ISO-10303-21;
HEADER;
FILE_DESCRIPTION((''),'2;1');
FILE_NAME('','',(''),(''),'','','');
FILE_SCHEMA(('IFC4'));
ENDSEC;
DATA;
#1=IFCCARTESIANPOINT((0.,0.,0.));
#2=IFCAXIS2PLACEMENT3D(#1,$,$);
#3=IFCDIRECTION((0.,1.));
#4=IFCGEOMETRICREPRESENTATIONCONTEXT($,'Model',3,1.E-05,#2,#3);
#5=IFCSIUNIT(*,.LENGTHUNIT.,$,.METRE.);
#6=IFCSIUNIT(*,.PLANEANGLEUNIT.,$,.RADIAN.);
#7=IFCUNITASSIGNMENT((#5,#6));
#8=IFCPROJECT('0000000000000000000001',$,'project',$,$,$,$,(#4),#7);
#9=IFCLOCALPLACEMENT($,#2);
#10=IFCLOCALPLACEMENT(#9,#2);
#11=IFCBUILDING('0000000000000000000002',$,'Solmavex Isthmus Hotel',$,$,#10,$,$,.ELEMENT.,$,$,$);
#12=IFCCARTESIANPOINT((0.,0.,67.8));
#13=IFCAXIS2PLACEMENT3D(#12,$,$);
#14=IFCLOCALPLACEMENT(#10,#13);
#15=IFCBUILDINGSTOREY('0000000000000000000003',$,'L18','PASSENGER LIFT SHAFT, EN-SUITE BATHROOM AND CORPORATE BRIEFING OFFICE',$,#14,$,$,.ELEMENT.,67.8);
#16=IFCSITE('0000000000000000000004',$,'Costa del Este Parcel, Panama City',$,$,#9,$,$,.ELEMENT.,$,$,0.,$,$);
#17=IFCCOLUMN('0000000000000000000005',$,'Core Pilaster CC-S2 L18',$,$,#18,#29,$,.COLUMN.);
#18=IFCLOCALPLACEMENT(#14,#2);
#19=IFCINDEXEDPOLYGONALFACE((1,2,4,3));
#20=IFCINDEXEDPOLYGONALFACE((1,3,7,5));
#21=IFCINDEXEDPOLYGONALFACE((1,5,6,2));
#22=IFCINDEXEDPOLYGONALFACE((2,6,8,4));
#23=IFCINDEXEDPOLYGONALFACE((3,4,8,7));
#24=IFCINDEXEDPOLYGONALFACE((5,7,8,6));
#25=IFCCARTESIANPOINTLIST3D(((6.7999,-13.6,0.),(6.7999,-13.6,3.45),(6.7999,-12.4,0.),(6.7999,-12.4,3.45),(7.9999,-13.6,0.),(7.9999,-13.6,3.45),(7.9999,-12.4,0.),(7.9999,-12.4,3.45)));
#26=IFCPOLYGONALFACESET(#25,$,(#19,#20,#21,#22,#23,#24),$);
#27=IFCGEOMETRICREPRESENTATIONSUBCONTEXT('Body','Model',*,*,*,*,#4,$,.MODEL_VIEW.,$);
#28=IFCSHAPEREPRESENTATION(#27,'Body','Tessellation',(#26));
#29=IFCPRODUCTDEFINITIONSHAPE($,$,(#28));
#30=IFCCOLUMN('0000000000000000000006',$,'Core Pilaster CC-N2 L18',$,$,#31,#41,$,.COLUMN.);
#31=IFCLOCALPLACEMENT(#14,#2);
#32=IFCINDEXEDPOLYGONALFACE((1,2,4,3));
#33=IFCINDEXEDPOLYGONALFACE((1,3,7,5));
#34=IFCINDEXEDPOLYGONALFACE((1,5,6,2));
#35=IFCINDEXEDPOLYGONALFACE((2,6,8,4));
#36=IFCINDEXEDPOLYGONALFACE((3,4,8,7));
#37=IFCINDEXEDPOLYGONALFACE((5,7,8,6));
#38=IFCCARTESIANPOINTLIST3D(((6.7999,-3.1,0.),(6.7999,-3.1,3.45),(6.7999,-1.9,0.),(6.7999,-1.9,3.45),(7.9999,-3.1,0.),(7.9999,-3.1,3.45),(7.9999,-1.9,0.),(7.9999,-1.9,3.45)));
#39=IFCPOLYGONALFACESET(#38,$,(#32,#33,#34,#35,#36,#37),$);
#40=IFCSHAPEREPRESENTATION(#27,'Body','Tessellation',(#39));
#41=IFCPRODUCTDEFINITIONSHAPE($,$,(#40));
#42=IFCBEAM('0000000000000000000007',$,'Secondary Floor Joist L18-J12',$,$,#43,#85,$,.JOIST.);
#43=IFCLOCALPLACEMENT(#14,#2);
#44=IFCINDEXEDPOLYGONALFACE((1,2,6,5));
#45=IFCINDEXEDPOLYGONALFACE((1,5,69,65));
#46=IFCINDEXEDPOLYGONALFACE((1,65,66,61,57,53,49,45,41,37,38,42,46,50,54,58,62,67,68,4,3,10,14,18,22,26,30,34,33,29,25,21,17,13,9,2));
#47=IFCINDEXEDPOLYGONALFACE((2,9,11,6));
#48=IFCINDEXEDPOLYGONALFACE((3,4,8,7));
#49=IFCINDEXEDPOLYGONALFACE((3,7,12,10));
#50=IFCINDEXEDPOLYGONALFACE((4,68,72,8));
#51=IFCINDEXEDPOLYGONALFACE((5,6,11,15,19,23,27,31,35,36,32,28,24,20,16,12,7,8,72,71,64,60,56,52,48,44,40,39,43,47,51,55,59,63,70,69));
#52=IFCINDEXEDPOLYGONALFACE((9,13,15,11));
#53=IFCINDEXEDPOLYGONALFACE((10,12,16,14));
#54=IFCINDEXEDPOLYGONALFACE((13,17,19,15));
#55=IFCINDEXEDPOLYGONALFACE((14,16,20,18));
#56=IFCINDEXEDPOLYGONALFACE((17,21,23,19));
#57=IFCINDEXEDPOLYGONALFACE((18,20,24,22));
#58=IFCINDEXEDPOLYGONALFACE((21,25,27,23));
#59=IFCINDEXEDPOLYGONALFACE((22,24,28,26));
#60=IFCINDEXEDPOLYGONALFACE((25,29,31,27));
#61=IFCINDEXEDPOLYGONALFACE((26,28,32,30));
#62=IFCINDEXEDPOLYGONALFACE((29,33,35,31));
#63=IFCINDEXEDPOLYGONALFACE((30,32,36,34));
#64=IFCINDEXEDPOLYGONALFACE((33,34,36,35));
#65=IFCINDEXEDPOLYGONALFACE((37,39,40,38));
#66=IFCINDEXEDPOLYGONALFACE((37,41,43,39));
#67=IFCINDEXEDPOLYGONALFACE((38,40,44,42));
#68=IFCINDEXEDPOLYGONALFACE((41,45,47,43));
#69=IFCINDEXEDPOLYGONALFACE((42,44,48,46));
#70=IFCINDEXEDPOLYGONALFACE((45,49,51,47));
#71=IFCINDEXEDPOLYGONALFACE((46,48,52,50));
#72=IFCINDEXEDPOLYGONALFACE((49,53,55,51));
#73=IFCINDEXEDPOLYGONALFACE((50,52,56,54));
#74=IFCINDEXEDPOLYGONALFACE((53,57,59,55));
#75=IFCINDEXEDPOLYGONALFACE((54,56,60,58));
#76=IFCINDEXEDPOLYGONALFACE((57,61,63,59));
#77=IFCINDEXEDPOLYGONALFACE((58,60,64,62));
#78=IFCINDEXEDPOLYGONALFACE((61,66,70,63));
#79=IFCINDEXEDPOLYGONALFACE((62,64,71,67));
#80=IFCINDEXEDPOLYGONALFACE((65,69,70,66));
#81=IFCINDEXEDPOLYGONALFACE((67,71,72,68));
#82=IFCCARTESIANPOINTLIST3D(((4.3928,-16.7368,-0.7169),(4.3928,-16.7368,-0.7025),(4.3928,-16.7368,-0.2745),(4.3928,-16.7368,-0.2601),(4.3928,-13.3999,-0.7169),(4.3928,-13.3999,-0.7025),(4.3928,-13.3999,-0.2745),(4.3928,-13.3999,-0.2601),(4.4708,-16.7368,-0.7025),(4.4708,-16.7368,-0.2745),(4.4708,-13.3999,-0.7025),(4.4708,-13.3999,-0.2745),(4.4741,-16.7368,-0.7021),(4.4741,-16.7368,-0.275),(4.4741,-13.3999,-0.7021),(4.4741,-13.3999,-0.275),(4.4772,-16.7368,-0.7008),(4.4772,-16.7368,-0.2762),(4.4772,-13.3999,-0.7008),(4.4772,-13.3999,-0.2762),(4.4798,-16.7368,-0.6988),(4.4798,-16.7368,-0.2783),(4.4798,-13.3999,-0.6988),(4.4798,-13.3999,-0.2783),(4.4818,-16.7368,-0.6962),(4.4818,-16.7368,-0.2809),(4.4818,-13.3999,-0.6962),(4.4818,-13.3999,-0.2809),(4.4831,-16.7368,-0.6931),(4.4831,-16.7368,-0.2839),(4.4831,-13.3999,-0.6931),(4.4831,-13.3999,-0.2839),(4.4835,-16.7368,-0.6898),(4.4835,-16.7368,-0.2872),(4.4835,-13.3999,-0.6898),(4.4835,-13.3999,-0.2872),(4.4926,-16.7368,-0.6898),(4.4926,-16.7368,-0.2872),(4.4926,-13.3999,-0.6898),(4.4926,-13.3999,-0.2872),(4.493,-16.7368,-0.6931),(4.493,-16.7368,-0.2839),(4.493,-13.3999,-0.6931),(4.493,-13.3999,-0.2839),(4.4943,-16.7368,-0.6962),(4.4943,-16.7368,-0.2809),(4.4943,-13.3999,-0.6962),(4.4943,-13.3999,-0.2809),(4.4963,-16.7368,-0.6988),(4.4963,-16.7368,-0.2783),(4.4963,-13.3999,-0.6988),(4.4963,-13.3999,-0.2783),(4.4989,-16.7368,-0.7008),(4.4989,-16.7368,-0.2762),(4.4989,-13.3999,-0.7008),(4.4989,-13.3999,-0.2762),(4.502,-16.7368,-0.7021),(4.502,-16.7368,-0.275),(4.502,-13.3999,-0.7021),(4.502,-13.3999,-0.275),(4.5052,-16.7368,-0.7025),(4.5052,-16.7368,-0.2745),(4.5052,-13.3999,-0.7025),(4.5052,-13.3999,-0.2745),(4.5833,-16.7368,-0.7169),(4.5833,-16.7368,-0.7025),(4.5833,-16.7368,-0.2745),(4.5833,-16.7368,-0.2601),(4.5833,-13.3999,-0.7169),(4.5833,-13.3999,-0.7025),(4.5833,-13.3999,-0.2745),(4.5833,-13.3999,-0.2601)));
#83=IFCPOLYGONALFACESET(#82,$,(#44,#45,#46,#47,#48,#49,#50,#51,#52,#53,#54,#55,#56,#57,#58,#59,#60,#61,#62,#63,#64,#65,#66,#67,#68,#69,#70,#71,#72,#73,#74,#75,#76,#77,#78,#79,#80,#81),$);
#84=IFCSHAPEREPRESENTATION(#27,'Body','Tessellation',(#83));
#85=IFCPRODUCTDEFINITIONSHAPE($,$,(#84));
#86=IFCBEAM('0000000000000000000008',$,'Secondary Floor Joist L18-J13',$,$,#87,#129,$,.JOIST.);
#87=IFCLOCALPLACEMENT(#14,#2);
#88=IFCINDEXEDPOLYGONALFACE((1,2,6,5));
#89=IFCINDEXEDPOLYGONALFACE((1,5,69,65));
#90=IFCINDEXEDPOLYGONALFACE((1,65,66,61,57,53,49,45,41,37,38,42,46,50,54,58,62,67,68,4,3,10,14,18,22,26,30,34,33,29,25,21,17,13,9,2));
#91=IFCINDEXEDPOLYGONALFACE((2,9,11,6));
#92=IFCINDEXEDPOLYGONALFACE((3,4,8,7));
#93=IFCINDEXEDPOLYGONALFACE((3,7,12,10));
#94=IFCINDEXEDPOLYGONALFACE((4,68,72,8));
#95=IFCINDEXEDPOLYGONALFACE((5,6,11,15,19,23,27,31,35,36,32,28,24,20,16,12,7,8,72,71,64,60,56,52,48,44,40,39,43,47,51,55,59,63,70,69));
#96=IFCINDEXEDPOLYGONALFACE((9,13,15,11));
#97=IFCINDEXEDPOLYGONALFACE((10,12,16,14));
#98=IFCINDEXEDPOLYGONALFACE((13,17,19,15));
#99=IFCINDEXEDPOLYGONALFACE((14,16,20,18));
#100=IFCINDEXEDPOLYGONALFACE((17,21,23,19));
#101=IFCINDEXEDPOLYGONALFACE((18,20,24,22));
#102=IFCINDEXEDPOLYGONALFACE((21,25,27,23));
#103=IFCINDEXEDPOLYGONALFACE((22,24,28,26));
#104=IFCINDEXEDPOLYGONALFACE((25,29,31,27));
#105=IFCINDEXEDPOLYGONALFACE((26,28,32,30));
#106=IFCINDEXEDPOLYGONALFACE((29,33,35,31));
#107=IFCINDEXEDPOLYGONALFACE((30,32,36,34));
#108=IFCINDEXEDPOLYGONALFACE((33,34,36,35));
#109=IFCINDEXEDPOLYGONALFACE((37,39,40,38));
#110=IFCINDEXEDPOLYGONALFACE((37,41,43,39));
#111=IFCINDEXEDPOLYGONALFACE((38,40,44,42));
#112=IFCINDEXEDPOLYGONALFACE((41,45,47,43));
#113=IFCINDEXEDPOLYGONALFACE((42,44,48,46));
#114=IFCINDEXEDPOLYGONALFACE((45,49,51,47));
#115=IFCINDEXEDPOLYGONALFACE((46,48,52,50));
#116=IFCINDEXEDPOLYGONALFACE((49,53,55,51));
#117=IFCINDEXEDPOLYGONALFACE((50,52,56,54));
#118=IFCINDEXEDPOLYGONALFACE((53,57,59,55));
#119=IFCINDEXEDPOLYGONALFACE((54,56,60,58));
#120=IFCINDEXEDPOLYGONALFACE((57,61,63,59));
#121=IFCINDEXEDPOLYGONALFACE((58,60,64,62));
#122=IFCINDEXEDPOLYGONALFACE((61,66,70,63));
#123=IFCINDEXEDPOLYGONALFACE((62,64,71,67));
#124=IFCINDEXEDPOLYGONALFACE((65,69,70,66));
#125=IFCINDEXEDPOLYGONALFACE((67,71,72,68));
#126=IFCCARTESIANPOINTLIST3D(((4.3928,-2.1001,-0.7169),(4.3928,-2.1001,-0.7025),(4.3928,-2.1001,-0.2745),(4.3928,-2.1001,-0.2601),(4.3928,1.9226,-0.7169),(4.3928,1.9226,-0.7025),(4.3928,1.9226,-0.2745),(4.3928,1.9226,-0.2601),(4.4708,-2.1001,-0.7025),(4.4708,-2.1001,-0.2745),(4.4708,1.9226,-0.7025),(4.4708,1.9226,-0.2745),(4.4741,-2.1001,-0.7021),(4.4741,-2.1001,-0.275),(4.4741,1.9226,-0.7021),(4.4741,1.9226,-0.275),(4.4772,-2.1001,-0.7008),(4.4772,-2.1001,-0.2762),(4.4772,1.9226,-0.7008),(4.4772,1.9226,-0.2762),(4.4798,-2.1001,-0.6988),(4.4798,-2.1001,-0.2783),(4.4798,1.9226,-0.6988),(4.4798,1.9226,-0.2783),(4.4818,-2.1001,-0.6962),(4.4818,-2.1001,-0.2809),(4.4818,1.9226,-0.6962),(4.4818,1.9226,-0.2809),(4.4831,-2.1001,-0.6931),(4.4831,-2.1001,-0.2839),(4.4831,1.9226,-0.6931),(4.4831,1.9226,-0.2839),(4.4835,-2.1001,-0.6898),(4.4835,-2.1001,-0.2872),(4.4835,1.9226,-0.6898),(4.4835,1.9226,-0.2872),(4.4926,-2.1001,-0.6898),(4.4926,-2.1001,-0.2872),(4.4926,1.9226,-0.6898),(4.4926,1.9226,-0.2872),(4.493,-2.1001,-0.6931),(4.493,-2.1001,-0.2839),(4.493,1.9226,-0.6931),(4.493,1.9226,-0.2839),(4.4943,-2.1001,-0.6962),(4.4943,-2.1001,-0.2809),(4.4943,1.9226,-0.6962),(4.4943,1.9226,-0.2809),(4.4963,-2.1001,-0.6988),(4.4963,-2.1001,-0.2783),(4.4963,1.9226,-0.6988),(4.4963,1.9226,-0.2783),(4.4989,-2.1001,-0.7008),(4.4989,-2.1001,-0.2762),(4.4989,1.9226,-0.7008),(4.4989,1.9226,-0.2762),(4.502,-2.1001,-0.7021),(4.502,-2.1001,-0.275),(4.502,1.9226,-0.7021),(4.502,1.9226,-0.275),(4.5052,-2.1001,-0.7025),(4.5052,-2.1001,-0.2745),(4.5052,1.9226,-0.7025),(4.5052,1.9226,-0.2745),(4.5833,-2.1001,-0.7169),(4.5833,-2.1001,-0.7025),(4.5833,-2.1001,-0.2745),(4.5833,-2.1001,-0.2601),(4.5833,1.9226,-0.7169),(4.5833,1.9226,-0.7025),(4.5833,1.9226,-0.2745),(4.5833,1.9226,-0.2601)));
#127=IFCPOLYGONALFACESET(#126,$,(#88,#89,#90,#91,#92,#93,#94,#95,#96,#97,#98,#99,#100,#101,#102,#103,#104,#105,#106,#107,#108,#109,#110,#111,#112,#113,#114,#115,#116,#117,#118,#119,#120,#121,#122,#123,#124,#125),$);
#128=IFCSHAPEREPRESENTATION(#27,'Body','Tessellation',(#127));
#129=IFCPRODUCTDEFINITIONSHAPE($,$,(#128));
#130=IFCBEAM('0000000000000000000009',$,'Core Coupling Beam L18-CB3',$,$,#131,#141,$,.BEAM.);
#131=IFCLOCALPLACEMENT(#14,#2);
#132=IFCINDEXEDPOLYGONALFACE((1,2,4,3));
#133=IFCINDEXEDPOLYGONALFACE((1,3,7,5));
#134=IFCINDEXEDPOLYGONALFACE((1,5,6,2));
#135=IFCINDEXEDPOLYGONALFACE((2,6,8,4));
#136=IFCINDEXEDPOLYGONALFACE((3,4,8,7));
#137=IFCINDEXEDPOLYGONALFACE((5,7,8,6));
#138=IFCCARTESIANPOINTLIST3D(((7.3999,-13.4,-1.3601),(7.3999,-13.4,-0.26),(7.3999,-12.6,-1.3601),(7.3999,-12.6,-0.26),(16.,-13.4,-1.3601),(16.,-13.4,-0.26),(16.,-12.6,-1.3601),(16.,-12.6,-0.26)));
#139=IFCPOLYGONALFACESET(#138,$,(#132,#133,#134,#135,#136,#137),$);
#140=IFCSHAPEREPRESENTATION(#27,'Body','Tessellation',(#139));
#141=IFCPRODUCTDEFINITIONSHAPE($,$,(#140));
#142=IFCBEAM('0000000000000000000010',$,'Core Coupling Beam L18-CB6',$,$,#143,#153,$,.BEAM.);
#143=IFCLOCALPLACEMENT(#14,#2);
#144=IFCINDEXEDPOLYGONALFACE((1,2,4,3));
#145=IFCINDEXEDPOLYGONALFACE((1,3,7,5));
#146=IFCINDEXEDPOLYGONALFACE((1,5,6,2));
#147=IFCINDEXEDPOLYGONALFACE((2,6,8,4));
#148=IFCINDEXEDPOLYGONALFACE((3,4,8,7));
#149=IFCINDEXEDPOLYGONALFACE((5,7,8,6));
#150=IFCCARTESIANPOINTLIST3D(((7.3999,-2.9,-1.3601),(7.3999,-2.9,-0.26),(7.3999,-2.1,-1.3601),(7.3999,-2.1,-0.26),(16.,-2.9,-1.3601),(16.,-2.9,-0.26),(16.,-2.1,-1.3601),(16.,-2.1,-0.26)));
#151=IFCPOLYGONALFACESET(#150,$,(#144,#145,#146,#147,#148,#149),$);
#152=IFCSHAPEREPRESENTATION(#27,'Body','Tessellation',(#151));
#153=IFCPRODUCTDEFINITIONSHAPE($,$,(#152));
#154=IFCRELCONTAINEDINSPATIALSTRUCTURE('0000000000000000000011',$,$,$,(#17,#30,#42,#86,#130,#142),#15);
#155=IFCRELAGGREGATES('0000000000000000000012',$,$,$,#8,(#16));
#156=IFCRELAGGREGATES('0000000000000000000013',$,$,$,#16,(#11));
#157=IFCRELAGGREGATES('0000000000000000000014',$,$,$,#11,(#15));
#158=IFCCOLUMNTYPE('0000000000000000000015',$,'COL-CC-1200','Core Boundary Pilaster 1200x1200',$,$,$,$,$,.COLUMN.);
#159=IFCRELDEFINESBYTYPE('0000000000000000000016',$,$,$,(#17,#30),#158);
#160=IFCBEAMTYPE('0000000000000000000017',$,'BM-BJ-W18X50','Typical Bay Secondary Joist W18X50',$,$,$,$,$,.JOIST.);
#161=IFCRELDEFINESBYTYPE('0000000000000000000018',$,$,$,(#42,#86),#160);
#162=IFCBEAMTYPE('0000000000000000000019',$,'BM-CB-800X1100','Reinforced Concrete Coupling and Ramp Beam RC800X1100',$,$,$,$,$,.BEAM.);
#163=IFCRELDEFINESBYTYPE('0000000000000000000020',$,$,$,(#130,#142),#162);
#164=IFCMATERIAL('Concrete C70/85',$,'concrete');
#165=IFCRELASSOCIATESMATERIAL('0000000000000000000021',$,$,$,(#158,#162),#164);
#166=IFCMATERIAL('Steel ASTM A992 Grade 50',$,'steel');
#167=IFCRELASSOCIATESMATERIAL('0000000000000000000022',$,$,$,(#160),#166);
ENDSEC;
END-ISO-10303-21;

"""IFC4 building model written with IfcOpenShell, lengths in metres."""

from ifc_helpers import new_model, si_unit, direction, frame, origin, origin_2d, place, context, subcontext, project, spatial, rectangle, i_section, extrude, material, material_profile, profile_set, type_object, element, save


model = new_model("IFC4")

# Units and contexts
model_context = context("Model", 3, precision=1e-05, world=origin(), true_north=direction((0.0, 1.0)))
body_context = subcontext(model_context, "Body", "Model", "MODEL_VIEW")
ifc_project = project(units=[si_unit("LENGTHUNIT", "METRE"), si_unit("PLANEANGLEUNIT", "RADIAN")], contexts=[model_context])

# Site, building, storey
site_placement = place(None, origin())
site = spatial("IfcSite", under=ifc_project, at=site_placement, Name="Costa del Este Parcel, Panama City", CompositionType="ELEMENT", RefElevation=0.0)
building_placement = place(site_placement, origin())
building = spatial("IfcBuilding", under=site, at=building_placement, Name="Solmavex Isthmus Hotel", CompositionType="ELEMENT")
storey_placement = place(building_placement, frame((0.0, 0.0, 67.8)))
storey = spatial("IfcBuildingStorey", under=building, at=storey_placement, Name="L18", Description="PASSENGER LIFT SHAFT, EN-SUITE BATHROOM AND CORPORATE BRIEFING OFFICE", CompositionType="ELEMENT", Elevation=67.8)

# Columns
ifc_material_1 = material(Name="Concrete C70/85", Category="concrete")
ifc_material_profile_1 = material_profile(ifc_material_1, rectangle(XDim=1.2, YDim=1.2, at=origin_2d()), Name="RC1200X1200")
ifc_profile_set_1 = profile_set([ifc_material_profile_1], Name="Concrete C70/85")
column_type = type_object("IfcColumnType", Name="COL-CC-1200", Description="Core Boundary Pilaster 1200x1200", PredefinedType="COLUMN", material=ifc_profile_set_1)
for number, where, z_axis, x_axis, name in (
    (1, (7.3999, -13.0, 0.0), (0.0, 0.0, 1.0), (1.0, 0.0, 0.0), "Core Pilaster CC-S2 L18"),
    (2, (7.3999, -2.5, 0.0), (0.0, 0.0, 1.0), (1.0, 0.0, 0.0), "Core Pilaster CC-N2 L18"),
):
    element("IfcColumn", number, at=place(storey_placement, frame(where, z_axis=z_axis, x_axis=x_axis)), inside=storey, type_object=column_type, Name=name, PredefinedType="COLUMN", context=body_context, shape_type="SweptSolid", body=[
        extrude(rectangle(XDim=1.2, YDim=1.2, at=origin_2d()), origin(), (0.0, 0.0, 1.0), 3.45),
    ])

# Beams
ifc_material_2 = material(Name="Steel ASTM A992 Grade 50", Category="steel")
ifc_material_profile_2 = material_profile(ifc_material_2, i_section(OverallWidth=0.1904, OverallDepth=0.4568, WebThickness=0.009, FlangeThickness=0.0144, FilletRadius=0.0127, at=origin_2d()), Name="W18X50")
ifc_profile_set_2 = profile_set([ifc_material_profile_2], Name="Steel ASTM A992 Grade 50")
beam_type_1 = type_object("IfcBeamType", Name="BM-BJ-W18X50", Description="Typical Bay Secondary Joist W18X50", PredefinedType="JOIST", material=ifc_profile_set_2)
beam_1_placement = place(storey_placement, frame((4.488, -16.7368, -0.4885), z_axis=(0.0, 1.0, 0.0), x_axis=(-1.0, 0.0, 0.0)))
element("IfcBeam", 3, at=beam_1_placement, inside=storey, type_object=beam_type_1, Name="Secondary Floor Joist L18-J12", PredefinedType="JOIST", context=body_context, shape_type="SweptSolid", body=[
    extrude(i_section(OverallWidth=0.1904, OverallDepth=0.4568, WebThickness=0.009, FlangeThickness=0.0144, FilletRadius=0.0127, at=origin_2d()), origin(), (0.0, 0.0, 1.0), 3.3369),
])
beam_2_placement = place(storey_placement, frame((4.488, -2.1001, -0.4885), z_axis=(0.0, 1.0, 0.0), x_axis=(-1.0, 0.0, 0.0)))
element("IfcBeam", 4, at=beam_2_placement, inside=storey, type_object=beam_type_1, Name="Secondary Floor Joist L18-J13", PredefinedType="JOIST", context=body_context, shape_type="SweptSolid", body=[
    extrude(i_section(OverallWidth=0.1904, OverallDepth=0.4568, WebThickness=0.009, FlangeThickness=0.0144, FilletRadius=0.0127, at=origin_2d()), origin(), (0.0, 0.0, 1.0), 4.0227),
])
ifc_material_profile_3 = material_profile(ifc_material_1, rectangle(XDim=0.8, YDim=1.1001, at=origin_2d()), Name="RC800X1100")
ifc_profile_set_3 = profile_set([ifc_material_profile_3], Name="Concrete C70/85")
beam_type_2 = type_object("IfcBeamType", Name="BM-CB-800X1100", Description="Reinforced Concrete Coupling and Ramp Beam RC800X1100", PredefinedType="BEAM", material=ifc_profile_set_3)
for number, where, z_axis, x_axis, name in (
    (5, (7.3999, -13.0, -0.8101), (1.0, 0.0, 0.0), (0.0, 1.0, 0.0), "Core Coupling Beam L18-CB3"),
    (6, (7.3999, -2.5, -0.8101), (1.0, 0.0, 0.0), (0.0, 1.0, 0.0), "Core Coupling Beam L18-CB6"),
):
    element("IfcBeam", number, at=place(storey_placement, frame(where, z_axis=z_axis, x_axis=x_axis)), inside=storey, type_object=beam_type_2, Name=name, PredefinedType="BEAM", context=body_context, shape_type="SweptSolid", body=[
        extrude(rectangle(XDim=0.8, YDim=1.1001, at=origin_2d()), origin(), (0.0, 0.0, 1.0), 8.6001),
    ])

save(model, "model.ifc")
